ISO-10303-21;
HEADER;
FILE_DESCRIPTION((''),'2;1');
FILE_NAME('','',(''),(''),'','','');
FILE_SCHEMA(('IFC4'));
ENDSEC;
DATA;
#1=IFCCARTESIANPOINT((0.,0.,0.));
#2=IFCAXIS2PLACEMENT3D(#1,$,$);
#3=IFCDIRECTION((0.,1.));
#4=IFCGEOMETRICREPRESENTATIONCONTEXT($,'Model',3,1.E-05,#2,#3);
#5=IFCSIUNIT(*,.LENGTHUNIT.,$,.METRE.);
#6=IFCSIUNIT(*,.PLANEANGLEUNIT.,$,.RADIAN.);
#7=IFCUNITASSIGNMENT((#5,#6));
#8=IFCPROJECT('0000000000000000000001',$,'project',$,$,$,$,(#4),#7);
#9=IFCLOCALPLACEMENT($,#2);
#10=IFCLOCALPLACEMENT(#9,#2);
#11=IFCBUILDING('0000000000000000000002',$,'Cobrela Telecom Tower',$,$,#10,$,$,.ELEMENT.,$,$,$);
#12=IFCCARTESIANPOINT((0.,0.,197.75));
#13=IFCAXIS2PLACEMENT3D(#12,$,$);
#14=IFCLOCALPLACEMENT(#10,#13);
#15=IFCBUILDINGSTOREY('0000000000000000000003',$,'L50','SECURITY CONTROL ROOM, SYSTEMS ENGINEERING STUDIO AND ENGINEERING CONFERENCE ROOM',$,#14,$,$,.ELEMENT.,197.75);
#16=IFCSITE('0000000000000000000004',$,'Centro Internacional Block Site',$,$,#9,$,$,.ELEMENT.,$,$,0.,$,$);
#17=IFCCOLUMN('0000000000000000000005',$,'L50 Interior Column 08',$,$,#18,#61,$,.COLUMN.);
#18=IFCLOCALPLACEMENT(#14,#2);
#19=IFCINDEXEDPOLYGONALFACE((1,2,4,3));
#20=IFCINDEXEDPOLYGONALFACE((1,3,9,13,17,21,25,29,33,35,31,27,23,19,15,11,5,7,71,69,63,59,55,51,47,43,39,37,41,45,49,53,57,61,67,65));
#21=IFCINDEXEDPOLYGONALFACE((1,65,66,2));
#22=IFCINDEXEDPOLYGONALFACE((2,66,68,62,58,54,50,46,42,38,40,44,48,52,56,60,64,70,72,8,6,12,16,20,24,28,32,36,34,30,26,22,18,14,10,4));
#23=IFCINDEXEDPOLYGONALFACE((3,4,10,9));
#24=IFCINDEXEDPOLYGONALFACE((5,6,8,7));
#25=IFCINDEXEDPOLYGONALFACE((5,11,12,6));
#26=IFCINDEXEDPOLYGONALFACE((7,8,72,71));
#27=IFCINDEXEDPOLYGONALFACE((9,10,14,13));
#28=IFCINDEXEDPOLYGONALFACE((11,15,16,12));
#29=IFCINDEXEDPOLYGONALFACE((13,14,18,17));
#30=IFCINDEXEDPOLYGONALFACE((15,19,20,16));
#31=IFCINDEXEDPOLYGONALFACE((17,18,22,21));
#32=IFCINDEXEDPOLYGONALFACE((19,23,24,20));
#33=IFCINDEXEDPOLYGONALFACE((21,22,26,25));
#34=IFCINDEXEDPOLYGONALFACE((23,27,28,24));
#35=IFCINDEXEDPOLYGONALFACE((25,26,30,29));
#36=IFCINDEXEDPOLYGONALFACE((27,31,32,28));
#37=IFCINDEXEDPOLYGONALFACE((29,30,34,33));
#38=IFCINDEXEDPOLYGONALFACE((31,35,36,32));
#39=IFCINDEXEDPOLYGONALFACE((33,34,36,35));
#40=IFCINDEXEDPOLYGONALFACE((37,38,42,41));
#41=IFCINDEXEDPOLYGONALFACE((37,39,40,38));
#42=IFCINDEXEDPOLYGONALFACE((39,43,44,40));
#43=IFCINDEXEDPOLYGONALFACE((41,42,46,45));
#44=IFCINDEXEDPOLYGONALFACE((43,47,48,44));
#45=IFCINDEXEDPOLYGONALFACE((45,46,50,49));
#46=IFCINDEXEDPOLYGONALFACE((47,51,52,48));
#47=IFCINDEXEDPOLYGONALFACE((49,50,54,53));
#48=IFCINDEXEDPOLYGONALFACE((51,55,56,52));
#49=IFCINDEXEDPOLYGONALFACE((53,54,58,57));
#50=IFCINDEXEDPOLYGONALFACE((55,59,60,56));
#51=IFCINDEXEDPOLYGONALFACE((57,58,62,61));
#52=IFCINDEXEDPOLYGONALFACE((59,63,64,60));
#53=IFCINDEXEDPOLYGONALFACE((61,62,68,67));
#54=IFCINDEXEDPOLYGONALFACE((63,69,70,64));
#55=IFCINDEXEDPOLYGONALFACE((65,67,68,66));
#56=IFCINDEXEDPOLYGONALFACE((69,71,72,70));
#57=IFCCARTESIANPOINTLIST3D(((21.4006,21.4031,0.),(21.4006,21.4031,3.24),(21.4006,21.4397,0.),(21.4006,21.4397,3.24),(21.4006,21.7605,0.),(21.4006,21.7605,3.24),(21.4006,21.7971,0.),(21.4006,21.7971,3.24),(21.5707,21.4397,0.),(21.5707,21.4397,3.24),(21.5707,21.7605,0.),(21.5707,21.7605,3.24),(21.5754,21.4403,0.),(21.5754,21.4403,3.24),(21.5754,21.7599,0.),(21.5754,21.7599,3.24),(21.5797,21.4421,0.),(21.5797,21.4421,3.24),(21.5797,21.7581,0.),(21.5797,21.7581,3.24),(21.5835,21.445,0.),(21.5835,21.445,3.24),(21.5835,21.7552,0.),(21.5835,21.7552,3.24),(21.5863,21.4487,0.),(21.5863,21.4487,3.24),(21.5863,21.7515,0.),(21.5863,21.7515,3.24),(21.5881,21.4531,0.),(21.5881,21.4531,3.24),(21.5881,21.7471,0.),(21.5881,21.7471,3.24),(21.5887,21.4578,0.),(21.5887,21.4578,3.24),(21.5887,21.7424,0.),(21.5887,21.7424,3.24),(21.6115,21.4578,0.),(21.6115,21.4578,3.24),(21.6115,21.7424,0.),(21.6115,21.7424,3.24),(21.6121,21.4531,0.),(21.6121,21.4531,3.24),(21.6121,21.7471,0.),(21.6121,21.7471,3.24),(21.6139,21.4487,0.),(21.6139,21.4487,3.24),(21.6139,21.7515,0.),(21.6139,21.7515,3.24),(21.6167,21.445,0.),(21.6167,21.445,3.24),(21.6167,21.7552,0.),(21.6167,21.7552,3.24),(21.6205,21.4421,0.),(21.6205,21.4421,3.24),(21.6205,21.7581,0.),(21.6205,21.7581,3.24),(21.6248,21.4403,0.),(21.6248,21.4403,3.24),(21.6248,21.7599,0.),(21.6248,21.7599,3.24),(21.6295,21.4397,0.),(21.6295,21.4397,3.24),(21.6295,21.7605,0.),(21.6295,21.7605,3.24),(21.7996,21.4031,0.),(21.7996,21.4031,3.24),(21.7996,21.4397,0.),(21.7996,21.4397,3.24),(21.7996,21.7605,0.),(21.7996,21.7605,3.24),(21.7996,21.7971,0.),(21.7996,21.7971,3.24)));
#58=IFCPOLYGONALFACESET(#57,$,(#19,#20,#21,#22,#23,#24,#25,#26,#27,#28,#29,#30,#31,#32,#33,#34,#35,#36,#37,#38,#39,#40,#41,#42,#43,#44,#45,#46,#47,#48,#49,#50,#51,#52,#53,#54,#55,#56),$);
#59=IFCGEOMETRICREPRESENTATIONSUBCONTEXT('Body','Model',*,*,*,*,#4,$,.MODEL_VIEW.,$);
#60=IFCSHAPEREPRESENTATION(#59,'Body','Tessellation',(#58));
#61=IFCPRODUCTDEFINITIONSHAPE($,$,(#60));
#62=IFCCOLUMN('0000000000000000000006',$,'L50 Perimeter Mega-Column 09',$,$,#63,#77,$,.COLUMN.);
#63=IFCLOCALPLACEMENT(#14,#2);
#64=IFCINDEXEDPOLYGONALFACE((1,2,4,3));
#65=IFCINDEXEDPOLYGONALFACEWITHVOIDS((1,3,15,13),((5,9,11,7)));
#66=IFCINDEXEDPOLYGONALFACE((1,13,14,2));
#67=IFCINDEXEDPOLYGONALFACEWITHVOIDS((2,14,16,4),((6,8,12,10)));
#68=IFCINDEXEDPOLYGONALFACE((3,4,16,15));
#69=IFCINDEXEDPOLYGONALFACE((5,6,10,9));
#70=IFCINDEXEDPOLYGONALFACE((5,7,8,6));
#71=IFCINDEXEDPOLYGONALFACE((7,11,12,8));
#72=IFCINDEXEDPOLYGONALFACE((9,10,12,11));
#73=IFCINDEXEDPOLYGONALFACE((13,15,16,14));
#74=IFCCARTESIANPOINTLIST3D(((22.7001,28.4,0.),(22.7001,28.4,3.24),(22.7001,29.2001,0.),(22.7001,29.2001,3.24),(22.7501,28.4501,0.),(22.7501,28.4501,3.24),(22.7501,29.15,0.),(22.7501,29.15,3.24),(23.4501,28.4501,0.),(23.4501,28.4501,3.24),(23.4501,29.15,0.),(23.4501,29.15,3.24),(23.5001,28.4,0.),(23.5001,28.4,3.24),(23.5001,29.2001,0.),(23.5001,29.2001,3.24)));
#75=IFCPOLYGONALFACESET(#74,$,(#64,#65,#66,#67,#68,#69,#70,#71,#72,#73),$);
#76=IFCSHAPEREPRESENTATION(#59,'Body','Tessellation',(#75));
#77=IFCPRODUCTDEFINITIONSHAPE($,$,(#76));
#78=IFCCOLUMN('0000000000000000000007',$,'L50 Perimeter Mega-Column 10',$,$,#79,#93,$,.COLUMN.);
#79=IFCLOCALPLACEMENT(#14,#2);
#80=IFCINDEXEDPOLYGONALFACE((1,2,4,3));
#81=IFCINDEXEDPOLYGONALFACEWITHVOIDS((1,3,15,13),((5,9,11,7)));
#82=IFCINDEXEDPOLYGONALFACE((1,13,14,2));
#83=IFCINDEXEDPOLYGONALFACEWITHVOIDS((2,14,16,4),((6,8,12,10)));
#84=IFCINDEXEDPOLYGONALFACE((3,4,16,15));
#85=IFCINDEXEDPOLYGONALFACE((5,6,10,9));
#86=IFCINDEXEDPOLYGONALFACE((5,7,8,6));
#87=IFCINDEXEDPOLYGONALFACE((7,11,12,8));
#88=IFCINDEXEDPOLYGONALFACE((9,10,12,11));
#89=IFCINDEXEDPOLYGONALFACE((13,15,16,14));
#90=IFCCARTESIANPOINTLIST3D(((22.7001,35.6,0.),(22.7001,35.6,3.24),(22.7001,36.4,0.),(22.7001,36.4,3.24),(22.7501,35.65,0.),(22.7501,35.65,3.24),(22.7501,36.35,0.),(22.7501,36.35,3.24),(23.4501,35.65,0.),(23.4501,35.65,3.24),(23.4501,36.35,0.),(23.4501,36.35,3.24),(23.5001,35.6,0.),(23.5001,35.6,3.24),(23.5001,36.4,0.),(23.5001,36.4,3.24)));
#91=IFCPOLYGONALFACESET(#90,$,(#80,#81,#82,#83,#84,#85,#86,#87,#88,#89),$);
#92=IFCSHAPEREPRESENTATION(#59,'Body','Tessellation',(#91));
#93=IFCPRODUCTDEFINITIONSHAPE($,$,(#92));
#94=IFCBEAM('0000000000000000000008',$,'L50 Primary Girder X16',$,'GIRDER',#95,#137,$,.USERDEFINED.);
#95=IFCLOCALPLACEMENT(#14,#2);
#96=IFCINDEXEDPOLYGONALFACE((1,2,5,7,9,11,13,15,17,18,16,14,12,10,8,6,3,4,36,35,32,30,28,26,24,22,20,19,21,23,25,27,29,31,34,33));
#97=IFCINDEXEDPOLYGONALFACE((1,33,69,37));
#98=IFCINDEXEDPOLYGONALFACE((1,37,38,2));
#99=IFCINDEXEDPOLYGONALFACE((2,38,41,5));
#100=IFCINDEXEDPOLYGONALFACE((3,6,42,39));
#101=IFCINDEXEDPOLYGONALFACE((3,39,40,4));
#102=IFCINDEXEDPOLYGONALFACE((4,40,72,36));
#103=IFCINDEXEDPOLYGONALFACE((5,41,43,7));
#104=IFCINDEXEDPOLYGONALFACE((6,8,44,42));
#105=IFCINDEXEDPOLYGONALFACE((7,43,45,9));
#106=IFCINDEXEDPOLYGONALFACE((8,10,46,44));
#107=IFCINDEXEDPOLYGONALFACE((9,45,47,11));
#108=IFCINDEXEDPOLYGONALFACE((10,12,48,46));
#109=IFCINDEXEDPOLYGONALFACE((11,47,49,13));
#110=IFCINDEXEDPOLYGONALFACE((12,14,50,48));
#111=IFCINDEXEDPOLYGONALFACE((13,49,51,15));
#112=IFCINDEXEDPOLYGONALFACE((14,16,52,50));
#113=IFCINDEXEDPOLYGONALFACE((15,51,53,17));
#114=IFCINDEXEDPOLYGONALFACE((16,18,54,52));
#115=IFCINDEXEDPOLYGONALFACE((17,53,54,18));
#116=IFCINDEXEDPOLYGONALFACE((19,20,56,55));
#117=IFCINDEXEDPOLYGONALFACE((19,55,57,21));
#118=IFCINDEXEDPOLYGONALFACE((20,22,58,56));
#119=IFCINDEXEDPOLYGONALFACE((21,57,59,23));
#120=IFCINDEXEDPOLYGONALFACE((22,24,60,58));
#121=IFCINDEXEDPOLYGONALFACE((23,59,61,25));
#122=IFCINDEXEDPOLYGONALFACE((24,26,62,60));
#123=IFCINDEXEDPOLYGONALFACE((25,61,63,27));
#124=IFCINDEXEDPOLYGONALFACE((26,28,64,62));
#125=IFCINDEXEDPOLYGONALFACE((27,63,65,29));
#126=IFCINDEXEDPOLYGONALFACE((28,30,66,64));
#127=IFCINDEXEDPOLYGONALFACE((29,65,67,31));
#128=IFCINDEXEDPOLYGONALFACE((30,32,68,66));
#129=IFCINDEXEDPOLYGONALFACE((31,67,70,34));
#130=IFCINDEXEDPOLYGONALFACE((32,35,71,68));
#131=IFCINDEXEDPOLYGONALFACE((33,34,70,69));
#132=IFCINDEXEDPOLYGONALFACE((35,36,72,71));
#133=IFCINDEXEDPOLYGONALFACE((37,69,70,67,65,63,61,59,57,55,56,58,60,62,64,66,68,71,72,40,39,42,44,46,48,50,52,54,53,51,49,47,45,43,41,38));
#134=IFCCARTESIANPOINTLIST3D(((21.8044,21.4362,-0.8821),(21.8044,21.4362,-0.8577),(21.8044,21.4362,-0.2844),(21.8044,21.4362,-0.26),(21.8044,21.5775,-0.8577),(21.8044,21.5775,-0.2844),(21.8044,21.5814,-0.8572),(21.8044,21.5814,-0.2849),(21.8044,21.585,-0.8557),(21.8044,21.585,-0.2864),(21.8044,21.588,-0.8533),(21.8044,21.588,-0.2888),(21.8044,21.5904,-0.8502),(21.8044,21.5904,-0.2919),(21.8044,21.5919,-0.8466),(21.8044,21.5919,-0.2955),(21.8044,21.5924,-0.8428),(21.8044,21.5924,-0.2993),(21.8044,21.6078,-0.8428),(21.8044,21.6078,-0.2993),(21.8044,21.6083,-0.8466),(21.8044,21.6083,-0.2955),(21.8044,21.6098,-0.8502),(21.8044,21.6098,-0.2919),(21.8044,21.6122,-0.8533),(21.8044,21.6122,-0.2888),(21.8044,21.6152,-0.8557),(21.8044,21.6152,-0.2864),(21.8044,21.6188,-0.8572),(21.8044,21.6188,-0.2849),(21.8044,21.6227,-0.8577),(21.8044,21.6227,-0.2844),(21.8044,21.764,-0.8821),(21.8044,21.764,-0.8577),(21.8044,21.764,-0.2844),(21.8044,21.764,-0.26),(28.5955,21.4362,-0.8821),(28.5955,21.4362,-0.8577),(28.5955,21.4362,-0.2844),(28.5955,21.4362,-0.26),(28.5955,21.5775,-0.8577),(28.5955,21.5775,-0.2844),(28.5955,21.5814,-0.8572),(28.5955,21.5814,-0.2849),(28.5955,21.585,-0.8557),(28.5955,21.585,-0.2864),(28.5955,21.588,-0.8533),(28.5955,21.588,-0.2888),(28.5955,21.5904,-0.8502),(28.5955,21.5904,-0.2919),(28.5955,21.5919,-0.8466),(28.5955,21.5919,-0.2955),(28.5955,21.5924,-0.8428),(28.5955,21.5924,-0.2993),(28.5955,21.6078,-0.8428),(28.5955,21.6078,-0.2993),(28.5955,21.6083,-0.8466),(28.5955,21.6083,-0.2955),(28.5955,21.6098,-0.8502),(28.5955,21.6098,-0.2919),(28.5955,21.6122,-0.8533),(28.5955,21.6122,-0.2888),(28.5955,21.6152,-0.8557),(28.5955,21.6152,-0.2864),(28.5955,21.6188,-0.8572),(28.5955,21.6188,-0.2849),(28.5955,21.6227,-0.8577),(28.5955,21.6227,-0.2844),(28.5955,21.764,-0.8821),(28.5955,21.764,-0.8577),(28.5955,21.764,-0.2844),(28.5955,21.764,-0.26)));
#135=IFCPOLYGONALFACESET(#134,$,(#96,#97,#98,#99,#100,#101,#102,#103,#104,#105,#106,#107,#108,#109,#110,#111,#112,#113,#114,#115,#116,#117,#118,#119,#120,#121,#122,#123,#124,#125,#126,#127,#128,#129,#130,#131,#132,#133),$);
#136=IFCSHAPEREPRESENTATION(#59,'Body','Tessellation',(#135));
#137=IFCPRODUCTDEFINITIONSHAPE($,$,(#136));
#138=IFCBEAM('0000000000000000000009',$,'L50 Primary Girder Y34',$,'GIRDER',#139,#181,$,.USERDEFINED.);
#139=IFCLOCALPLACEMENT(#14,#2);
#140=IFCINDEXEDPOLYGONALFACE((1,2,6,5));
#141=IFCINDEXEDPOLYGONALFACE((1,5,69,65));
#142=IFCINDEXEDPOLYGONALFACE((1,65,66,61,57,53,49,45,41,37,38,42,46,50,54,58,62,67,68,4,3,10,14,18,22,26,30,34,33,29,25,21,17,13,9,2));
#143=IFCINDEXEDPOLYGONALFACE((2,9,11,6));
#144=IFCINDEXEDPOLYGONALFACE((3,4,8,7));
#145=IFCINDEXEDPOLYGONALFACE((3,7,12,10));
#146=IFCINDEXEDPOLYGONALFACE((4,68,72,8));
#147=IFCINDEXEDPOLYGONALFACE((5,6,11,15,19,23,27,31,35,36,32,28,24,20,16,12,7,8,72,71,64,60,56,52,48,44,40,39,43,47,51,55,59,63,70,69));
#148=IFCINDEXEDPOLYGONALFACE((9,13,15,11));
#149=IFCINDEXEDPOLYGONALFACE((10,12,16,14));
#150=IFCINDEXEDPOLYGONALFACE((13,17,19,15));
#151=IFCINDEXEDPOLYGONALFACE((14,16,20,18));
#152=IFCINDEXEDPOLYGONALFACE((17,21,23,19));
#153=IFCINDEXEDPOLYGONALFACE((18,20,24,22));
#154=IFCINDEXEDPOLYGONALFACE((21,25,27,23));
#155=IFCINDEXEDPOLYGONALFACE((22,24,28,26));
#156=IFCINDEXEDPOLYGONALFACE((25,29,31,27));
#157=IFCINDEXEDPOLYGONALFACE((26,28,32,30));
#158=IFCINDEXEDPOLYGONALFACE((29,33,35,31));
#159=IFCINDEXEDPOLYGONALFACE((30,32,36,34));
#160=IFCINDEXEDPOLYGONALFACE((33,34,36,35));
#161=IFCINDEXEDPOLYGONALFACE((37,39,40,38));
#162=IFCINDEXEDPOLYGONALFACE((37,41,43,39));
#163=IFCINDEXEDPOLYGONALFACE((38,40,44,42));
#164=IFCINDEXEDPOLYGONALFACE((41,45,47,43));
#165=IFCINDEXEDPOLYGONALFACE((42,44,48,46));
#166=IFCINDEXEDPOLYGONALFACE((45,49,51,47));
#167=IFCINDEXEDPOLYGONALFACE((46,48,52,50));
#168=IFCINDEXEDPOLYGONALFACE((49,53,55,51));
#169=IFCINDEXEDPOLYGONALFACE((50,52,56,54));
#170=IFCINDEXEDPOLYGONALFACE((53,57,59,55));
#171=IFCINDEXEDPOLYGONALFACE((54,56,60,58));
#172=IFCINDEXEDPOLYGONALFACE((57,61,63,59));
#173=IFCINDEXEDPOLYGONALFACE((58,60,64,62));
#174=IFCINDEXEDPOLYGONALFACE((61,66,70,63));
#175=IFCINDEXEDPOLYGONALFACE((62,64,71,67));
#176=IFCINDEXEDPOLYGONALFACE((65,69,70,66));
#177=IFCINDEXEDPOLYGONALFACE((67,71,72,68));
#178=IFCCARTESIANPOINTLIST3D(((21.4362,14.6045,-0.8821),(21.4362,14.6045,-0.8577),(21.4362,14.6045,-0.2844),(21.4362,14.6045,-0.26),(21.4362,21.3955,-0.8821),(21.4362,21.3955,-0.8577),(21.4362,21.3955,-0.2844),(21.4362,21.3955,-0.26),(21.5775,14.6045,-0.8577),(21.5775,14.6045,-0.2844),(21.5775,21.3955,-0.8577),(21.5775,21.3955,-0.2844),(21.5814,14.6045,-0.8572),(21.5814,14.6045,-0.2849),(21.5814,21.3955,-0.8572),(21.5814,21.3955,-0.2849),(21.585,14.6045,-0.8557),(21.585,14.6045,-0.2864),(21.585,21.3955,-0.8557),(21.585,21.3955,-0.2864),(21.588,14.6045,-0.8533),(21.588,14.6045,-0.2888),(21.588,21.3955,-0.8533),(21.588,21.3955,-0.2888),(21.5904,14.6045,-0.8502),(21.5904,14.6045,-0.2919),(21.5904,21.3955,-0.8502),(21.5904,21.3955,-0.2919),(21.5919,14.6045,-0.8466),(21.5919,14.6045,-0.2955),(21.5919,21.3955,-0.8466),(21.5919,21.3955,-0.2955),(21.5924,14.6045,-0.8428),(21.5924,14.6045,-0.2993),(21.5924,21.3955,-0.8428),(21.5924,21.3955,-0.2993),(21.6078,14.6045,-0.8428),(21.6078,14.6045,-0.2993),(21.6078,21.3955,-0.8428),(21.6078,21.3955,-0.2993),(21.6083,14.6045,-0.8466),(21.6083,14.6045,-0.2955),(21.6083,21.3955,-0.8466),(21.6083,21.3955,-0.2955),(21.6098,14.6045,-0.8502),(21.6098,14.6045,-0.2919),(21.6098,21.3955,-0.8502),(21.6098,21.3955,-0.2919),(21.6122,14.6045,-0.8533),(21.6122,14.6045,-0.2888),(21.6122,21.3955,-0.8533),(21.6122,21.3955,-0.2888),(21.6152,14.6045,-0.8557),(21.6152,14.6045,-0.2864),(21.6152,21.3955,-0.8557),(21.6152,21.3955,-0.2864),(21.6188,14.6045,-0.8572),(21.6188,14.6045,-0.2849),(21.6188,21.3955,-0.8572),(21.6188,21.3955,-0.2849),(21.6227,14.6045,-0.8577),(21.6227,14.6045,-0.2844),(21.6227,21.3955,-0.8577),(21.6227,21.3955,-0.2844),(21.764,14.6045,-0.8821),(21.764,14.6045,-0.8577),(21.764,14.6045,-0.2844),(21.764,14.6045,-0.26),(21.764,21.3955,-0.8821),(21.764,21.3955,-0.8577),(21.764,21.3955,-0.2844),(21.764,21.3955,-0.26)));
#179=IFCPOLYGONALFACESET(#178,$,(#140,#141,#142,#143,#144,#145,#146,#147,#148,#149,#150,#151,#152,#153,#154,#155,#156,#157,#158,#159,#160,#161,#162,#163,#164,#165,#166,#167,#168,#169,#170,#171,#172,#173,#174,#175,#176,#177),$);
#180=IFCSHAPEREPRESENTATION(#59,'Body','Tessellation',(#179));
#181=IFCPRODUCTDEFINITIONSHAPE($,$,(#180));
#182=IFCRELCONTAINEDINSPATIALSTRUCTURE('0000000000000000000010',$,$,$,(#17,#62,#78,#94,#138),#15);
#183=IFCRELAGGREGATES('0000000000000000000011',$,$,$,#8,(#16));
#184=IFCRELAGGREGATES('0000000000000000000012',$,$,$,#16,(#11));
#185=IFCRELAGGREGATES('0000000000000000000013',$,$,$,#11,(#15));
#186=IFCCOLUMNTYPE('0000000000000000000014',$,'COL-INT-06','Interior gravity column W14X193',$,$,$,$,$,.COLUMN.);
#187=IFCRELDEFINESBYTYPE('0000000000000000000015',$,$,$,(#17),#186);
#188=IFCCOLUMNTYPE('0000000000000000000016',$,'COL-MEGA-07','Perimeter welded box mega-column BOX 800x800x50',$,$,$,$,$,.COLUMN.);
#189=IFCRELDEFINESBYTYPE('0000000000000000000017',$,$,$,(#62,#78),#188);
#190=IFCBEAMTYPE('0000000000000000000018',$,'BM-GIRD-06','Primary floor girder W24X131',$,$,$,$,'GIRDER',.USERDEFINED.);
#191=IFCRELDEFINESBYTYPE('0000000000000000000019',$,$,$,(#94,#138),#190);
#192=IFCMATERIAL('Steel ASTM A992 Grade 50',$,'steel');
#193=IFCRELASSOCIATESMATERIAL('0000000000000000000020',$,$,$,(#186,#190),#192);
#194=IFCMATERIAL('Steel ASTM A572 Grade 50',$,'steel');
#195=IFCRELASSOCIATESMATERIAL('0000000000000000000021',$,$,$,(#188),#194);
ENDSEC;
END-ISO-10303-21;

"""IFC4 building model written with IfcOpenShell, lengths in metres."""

from ifc_helpers import new_model, si_unit, direction, frame, origin, origin_2d, place, context, subcontext, project, spatial, hollow_rectangle, i_section, extrude, material, material_profile, profile_set, type_object, element, save


model = new_model("IFC4")

# Units and contexts
model_context = context("Model", 3, precision=1e-05, world=origin(), true_north=direction((0.0, 1.0)))
body_context = subcontext(model_context, "Body", "Model", "MODEL_VIEW")
ifc_project = project(units=[si_unit("LENGTHUNIT", "METRE"), si_unit("PLANEANGLEUNIT", "RADIAN")], contexts=[model_context])

# Site, building, storey
site_placement = place(None, origin())
site = spatial("IfcSite", under=ifc_project, at=site_placement, Name="Centro Internacional Block Site", CompositionType="ELEMENT", RefElevation=0.0)
building_placement = place(site_placement, origin())
building = spatial("IfcBuilding", under=site, at=building_placement, Name="Cobrela Telecom Tower", CompositionType="ELEMENT")
storey_placement = place(building_placement, frame((0.0, 0.0, 197.75)))
storey = spatial("IfcBuildingStorey", under=building, at=storey_placement, Name="L50", Description="SECURITY CONTROL ROOM, SYSTEMS ENGINEERING STUDIO AND ENGINEERING CONFERENCE ROOM", CompositionType="ELEMENT", Elevation=197.75)

# Columns
ifc_material_1 = material(Name="Steel ASTM A992 Grade 50", Category="steel")
ifc_material_profile_1 = material_profile(ifc_material_1, i_section(OverallWidth=0.3989, OverallDepth=0.394, WebThickness=0.0227, FlangeThickness=0.0366, FilletRadius=0.0181, at=origin_2d()), Name="W14X193")
ifc_profile_set_1 = profile_set([ifc_material_profile_1], Name="Steel ASTM A992 Grade 50")
column_type_1 = type_object("IfcColumnType", Name="COL-INT-06", Description="Interior gravity column W14X193", PredefinedType="COLUMN", material=ifc_profile_set_1)
column_placement = place(storey_placement, frame((21.6001, 21.6001, 0.0), z_axis=(0.0, 0.0, 1.0), x_axis=(1.0, 0.0, 0.0)))
element("IfcColumn", 1, at=column_placement, inside=storey, type_object=column_type_1, Name="L50 Interior Column 08", PredefinedType="COLUMN", context=body_context, shape_type="SweptSolid", body=[
    extrude(i_section(OverallWidth=0.3989, OverallDepth=0.394, WebThickness=0.0227, FlangeThickness=0.0366, FilletRadius=0.0181, at=origin_2d()), origin(), (0.0, 0.0, 1.0), 3.24),
])
ifc_material_2 = material(Name="Steel ASTM A572 Grade 50", Category="steel")
ifc_material_profile_2 = material_profile(ifc_material_2, hollow_rectangle(XDim=0.8, YDim=0.8, WallThickness=0.05, at=origin_2d()), Name="BOX 800x800x50")
ifc_profile_set_2 = profile_set([ifc_material_profile_2], Name="Steel ASTM A572 Grade 50")
column_type_2 = type_object("IfcColumnType", Name="COL-MEGA-07", Description="Perimeter welded box mega-column BOX 800x800x50", PredefinedType="COLUMN", material=ifc_profile_set_2)
for number, where, z_axis, x_axis, name in (
    (2, (23.1001, 28.8, 0.0), (0.0, 0.0, 1.0), (1.0, 0.0, 0.0), "L50 Perimeter Mega-Column 09"),
    (3, (23.1001, 36.0, 0.0), (0.0, 0.0, 1.0), (1.0, 0.0, 0.0), "L50 Perimeter Mega-Column 10"),
):
    element("IfcColumn", number, at=place(storey_placement, frame(where, z_axis=z_axis, x_axis=x_axis)), inside=storey, type_object=column_type_2, Name=name, PredefinedType="COLUMN", context=body_context, shape_type="SweptSolid", body=[
        extrude(hollow_rectangle(XDim=0.8, YDim=0.8, WallThickness=0.05, at=origin_2d()), origin(), (0.0, 0.0, 1.0), 3.24),
    ])

# Beams
ifc_material_profile_3 = material_profile(ifc_material_1, i_section(OverallWidth=0.3279, OverallDepth=0.6221, WebThickness=0.0154, FlangeThickness=0.0244, FilletRadius=0.0149, at=origin_2d()), Name="W24X131")
ifc_profile_set_3 = profile_set([ifc_material_profile_3], Name="Steel ASTM A992 Grade 50")
beam_type_1 = type_object("IfcBeamType", Name="BM-GIRD-06", Description="Primary floor girder W24X131", ElementType="GIRDER", PredefinedType="USERDEFINED", material=ifc_profile_set_3)
for number, where, z_axis, x_axis, name in (
    (4, (21.8044, 21.6001, -0.571), (1.0, 0.0, 0.0), (0.0, 1.0, 0.0), "L50 Primary Girder X16"),
    (5, (21.6001, 14.6045, -0.571), (0.0, 1.0, 0.0), (-1.0, 0.0, 0.0), "L50 Primary Girder Y34"),
):
    element("IfcBeam", number, at=place(storey_placement, frame(where, z_axis=z_axis, x_axis=x_axis)), inside=storey, type_object=beam_type_1, Name=name, ObjectType="GIRDER", PredefinedType="USERDEFINED", context=body_context, shape_type="SweptSolid", body=[
        extrude(i_section(OverallWidth=0.3279, OverallDepth=0.6221, WebThickness=0.0154, FlangeThickness=0.0244, FilletRadius=0.0149, at=origin_2d()), origin(), (0.0, 0.0, 1.0), 6.791),
    ])

save(model, "model.ifc")
